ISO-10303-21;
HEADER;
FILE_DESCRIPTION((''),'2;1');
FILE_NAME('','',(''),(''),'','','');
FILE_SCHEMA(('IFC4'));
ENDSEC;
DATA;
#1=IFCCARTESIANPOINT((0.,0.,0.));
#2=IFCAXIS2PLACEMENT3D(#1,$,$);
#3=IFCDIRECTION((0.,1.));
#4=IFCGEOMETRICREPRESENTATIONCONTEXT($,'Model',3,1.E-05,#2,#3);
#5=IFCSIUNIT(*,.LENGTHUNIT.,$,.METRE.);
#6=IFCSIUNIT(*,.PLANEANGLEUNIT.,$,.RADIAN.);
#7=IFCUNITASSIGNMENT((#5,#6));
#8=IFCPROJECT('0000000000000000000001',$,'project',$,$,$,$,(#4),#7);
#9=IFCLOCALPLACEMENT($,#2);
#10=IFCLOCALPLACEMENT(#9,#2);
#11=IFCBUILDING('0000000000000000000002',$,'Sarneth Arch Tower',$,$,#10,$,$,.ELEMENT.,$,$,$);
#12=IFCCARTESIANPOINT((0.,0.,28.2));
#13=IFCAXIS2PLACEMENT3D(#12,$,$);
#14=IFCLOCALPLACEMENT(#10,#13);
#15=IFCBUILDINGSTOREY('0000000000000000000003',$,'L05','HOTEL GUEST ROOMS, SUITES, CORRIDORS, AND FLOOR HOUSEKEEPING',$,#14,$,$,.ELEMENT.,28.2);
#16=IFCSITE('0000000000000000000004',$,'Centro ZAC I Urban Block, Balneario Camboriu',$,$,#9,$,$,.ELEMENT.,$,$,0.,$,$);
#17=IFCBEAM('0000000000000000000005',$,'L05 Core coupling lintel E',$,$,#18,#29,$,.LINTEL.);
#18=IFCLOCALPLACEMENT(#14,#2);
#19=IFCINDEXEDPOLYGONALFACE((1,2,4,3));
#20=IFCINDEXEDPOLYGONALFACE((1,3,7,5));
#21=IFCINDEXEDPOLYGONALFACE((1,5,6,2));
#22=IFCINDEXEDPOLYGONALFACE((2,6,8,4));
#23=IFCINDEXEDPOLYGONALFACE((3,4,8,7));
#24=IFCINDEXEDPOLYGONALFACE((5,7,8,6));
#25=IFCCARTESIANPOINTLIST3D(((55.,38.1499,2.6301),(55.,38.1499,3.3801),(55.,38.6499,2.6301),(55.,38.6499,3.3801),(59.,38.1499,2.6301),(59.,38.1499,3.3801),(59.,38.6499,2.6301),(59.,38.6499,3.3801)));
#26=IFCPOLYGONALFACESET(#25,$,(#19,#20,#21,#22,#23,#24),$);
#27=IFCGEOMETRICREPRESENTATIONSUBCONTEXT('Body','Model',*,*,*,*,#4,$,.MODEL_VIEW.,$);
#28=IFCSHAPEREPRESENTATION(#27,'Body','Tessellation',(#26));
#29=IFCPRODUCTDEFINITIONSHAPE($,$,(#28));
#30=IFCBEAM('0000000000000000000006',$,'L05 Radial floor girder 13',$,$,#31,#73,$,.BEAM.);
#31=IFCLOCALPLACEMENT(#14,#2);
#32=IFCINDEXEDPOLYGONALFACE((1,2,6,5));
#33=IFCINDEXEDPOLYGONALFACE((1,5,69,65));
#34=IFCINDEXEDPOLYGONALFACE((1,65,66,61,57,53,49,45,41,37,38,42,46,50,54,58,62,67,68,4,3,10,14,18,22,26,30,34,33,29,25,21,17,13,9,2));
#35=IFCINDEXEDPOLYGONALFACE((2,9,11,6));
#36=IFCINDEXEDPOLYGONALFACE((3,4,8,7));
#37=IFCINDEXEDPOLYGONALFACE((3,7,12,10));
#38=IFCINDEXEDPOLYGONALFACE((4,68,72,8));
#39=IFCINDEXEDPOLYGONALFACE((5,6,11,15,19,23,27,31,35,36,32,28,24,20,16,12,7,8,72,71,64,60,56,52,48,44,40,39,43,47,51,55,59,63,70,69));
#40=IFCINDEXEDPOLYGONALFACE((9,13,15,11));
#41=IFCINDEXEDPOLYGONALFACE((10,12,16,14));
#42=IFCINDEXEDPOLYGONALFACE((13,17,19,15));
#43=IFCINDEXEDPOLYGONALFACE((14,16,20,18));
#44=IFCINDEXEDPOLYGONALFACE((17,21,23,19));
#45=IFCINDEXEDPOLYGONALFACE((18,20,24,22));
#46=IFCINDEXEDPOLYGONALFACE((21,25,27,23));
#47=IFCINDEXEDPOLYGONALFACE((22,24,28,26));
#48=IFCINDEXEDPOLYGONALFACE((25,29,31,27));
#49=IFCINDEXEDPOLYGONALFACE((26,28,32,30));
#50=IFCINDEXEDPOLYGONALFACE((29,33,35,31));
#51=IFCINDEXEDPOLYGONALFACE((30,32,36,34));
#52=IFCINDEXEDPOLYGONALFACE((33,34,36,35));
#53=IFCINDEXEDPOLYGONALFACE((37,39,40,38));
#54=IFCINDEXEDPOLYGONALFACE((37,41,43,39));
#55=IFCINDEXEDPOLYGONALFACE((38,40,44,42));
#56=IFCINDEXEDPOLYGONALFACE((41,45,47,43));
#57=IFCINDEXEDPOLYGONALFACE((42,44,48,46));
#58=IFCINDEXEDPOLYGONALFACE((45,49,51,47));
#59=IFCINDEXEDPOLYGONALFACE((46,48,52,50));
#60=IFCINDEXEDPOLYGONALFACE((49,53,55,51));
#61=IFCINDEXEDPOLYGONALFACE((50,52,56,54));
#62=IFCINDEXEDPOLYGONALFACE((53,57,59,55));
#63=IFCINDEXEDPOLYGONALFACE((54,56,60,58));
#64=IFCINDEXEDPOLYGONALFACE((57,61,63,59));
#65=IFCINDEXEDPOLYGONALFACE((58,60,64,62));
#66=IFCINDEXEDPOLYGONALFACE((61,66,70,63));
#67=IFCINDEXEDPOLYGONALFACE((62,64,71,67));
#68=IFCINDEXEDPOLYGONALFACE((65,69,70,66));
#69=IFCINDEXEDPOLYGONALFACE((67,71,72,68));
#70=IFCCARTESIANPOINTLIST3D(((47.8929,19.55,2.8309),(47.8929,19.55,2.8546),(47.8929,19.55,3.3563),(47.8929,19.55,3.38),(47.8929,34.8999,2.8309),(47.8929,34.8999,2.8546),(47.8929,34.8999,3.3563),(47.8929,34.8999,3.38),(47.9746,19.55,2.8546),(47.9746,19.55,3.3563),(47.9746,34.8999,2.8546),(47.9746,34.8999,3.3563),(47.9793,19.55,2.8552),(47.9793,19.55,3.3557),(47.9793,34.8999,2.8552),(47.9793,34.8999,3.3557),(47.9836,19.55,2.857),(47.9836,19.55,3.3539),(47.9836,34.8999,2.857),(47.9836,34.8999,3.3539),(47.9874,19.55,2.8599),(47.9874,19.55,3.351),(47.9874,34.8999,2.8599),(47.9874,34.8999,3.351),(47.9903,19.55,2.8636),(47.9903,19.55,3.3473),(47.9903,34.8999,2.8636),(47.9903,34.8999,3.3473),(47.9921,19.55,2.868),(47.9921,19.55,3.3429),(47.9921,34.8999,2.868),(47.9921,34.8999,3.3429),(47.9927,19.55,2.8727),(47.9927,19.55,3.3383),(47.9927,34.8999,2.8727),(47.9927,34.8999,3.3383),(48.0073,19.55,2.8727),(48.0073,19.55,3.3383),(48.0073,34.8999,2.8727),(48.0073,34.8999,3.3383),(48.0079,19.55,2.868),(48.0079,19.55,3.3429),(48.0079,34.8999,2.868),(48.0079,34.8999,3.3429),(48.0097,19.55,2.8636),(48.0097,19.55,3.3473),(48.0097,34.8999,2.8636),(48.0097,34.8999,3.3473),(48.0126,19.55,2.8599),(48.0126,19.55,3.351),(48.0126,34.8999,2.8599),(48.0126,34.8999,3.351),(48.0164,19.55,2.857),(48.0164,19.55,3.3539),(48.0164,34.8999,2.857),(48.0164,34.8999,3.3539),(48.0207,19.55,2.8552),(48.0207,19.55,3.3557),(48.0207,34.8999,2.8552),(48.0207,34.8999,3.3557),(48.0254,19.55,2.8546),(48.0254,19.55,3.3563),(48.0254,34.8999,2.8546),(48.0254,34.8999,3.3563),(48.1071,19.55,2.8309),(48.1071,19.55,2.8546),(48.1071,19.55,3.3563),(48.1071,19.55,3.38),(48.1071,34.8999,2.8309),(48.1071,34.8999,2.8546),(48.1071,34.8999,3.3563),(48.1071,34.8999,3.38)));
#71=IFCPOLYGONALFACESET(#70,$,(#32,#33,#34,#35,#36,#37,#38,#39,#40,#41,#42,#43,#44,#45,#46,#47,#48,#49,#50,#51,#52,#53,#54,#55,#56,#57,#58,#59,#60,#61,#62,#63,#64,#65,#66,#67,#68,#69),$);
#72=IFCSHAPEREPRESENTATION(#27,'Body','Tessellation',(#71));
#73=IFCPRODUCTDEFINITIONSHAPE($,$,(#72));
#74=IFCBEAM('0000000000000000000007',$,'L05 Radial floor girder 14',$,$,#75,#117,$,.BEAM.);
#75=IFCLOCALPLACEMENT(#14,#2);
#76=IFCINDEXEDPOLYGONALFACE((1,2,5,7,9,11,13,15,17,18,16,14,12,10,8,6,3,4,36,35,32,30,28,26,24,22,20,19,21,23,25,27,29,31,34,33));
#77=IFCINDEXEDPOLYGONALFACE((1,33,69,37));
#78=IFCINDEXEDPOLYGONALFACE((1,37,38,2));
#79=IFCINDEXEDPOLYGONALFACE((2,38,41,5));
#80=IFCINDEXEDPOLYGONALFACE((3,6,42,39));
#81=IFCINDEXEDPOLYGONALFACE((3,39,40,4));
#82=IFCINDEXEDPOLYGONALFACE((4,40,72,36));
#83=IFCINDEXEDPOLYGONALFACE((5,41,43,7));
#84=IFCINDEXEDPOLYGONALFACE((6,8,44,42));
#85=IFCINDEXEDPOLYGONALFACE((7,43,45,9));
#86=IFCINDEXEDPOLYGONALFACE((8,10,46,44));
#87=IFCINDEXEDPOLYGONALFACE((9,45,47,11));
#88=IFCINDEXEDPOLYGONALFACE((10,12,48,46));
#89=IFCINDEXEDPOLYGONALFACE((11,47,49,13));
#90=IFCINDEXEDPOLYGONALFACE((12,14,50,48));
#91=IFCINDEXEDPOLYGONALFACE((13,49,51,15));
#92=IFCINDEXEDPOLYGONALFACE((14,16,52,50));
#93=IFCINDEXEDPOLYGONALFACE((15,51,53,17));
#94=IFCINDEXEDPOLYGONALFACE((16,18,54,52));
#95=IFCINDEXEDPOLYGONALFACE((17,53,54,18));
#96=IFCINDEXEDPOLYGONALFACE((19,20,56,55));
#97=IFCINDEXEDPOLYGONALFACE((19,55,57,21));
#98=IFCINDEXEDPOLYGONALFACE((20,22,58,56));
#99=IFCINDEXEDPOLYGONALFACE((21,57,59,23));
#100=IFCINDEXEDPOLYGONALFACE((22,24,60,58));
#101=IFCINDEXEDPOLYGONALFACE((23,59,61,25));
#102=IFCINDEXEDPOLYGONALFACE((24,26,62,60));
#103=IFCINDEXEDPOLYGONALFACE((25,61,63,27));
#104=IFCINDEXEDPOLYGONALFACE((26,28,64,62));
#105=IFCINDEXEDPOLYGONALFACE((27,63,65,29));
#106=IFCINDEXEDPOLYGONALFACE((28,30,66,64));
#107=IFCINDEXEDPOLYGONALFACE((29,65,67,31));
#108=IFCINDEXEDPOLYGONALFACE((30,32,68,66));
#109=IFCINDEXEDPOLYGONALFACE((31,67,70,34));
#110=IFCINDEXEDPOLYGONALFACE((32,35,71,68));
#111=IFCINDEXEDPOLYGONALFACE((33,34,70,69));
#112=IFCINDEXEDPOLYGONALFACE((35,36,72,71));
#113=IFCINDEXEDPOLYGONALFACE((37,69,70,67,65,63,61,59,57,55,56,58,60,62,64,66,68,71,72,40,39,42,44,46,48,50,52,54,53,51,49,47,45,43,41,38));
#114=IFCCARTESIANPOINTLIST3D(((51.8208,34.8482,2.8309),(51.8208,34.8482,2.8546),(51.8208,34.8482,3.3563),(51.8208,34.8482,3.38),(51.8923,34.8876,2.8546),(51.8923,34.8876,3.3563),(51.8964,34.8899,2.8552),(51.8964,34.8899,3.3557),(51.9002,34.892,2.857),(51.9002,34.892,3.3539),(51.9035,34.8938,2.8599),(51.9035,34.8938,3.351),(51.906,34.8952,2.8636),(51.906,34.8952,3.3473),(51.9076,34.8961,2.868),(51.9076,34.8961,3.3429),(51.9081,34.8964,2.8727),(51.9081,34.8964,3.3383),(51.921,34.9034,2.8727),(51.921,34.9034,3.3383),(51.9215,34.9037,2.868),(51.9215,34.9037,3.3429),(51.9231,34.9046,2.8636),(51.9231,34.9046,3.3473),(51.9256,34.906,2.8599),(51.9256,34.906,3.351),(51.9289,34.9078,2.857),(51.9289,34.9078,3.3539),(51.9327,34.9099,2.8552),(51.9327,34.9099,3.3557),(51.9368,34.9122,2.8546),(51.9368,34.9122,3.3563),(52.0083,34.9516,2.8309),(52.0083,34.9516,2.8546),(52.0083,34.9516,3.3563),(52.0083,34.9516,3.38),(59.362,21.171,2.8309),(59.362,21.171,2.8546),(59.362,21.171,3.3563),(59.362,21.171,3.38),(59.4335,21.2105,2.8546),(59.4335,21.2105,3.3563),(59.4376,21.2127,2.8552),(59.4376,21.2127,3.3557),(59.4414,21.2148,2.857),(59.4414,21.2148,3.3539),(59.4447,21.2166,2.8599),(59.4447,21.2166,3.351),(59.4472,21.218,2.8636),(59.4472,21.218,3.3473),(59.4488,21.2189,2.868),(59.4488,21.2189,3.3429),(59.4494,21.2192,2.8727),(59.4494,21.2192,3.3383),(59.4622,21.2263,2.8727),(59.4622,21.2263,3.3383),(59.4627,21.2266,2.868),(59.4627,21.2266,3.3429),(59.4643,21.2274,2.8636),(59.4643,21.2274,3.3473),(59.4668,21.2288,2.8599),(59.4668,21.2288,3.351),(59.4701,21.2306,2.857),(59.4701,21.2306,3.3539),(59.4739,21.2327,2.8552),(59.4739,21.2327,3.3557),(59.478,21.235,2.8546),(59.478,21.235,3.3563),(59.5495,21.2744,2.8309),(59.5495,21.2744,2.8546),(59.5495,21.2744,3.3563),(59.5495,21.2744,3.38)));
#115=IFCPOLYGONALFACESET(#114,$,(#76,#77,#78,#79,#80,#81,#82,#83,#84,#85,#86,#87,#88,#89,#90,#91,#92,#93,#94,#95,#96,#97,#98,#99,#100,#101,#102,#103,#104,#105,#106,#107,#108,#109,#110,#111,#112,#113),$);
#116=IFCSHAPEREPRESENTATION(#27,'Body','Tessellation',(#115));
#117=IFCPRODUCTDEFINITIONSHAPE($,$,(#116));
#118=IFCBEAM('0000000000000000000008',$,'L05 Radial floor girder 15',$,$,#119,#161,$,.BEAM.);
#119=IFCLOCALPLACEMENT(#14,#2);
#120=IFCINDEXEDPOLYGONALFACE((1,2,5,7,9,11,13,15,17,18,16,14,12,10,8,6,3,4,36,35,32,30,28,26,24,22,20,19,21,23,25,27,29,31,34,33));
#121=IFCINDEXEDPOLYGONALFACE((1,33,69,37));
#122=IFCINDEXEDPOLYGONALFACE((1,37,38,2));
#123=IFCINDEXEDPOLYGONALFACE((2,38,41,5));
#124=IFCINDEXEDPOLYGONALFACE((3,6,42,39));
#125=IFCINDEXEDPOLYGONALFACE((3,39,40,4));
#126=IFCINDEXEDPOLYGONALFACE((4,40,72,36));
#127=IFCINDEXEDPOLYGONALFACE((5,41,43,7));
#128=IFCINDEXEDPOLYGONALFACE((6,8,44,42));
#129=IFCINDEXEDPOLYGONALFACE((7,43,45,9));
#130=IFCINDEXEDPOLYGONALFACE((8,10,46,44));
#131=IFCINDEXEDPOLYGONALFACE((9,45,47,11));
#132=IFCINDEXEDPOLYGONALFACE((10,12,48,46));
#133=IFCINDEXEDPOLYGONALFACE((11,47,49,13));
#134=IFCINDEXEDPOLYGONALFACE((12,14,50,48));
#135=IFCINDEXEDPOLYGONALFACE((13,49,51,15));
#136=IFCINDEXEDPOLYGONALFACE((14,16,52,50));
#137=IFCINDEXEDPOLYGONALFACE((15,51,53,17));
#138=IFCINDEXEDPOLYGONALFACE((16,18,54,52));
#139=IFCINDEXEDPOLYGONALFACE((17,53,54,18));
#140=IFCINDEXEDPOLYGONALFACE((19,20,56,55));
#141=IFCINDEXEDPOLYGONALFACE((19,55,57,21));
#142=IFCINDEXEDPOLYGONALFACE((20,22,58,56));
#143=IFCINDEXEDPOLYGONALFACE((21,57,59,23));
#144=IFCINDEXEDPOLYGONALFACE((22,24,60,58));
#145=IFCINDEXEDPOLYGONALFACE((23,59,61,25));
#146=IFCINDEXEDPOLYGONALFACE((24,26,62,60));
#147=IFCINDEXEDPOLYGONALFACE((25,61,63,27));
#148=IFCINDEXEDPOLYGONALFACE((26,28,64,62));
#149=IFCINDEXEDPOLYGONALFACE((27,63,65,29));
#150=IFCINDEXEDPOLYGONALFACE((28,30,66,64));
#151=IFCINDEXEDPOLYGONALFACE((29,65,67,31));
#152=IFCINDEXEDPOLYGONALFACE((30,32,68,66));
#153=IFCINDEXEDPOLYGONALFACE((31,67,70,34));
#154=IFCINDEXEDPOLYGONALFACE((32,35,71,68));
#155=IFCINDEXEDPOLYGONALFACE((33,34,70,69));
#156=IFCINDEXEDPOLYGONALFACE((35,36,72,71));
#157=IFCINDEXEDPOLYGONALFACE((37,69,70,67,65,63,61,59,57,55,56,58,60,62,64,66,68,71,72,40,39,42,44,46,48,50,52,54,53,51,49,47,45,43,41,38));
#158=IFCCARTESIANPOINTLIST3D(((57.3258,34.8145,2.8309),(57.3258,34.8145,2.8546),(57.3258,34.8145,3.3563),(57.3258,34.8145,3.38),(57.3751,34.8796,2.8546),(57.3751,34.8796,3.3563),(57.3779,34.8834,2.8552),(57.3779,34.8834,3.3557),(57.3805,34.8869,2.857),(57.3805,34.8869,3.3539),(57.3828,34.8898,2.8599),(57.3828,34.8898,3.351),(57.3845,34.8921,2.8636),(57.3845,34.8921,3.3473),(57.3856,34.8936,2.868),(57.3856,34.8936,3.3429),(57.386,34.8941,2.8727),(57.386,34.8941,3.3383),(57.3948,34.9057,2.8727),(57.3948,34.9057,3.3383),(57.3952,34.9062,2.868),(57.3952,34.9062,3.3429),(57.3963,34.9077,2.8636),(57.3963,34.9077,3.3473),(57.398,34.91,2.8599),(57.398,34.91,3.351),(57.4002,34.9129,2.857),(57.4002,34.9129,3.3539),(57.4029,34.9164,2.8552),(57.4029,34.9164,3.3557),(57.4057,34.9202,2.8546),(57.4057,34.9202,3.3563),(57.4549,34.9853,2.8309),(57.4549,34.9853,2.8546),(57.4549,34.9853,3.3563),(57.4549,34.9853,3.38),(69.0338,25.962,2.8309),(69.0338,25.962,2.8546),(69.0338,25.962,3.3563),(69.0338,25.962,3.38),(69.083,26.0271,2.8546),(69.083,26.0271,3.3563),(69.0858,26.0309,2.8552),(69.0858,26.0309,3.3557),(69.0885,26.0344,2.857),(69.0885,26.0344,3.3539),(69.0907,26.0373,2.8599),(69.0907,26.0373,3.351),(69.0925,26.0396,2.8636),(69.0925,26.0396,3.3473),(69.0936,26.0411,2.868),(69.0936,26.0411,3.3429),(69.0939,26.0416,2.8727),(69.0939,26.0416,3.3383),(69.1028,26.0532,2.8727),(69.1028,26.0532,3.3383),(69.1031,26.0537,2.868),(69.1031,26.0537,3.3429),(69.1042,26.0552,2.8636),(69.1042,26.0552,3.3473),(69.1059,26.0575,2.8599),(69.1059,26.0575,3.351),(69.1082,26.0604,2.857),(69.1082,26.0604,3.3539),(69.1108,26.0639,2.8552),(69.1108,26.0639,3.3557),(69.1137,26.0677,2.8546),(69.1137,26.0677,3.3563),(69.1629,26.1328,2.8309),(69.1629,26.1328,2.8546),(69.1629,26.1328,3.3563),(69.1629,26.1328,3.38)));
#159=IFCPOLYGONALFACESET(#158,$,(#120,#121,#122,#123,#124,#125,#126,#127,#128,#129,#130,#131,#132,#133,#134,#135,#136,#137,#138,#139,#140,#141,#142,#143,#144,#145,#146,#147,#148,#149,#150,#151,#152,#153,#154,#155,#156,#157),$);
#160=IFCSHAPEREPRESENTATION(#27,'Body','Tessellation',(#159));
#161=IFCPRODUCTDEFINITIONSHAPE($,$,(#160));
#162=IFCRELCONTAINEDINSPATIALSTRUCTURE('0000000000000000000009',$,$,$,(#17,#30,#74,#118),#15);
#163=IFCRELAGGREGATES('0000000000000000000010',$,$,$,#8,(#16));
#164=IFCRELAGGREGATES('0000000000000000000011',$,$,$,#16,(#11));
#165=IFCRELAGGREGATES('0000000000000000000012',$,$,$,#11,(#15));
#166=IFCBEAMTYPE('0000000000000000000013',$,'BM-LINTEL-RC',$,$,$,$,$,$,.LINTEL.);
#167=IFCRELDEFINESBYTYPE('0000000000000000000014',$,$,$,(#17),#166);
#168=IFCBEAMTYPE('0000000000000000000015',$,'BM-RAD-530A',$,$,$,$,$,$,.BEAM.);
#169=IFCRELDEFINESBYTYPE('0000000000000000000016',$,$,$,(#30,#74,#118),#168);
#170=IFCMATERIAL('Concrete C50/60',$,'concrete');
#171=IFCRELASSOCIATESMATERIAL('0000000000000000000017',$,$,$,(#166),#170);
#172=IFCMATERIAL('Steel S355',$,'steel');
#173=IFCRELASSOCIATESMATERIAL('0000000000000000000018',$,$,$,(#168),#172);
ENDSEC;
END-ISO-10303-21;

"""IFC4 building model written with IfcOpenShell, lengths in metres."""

from ifc_helpers import new_model, si_unit, direction, frame, origin, origin_2d, place, context, subcontext, project, spatial, rectangle, i_section, extrude, material, material_profile, profile_set, type_object, element, save


model = new_model("IFC4")

# Units and contexts
model_context = context("Model", 3, precision=1e-05, world=origin(), true_north=direction((0.0, 1.0)))
body_context = subcontext(model_context, "Body", "Model", "MODEL_VIEW")
ifc_project = project(units=[si_unit("LENGTHUNIT", "METRE"), si_unit("PLANEANGLEUNIT", "RADIAN")], contexts=[model_context])

# Site, building, storey
site_placement = place(None, origin())
site = spatial("IfcSite", under=ifc_project, at=site_placement, Name="Centro ZAC I Urban Block, Balneario Camboriu", CompositionType="ELEMENT", RefElevation=0.0)
building_placement = place(site_placement, origin())
building = spatial("IfcBuilding", under=site, at=building_placement, Name="Sarneth Arch Tower", CompositionType="ELEMENT")
storey_placement = place(building_placement, frame((0.0, 0.0, 28.2)))
storey = spatial("IfcBuildingStorey", under=building, at=storey_placement, Name="L05", Description="HOTEL GUEST ROOMS, SUITES, CORRIDORS, AND FLOOR HOUSEKEEPING", CompositionType="ELEMENT", Elevation=28.2)

# Beams
ifc_material_1 = material(Name="Concrete C50/60", Category="concrete")
ifc_material_profile_1 = material_profile(ifc_material_1, rectangle(XDim=0.5, YDim=0.75, at=origin_2d()), Name="RC-500x750")
ifc_profile_set_1 = profile_set([ifc_material_profile_1], Name="Concrete C50/60")
beam_type_1 = type_object("IfcBeamType", Name="BM-LINTEL-RC", PredefinedType="LINTEL", material=ifc_profile_set_1)
beam_1_placement = place(storey_placement, frame((55.0, 38.3999, 3.0051), z_axis=(1.0, 0.0, 0.0), x_axis=(0.0, 1.0, 0.0)))
element("IfcBeam", 1, at=beam_1_placement, inside=storey, type_object=beam_type_1, Name="L05 Core coupling lintel E", PredefinedType="LINTEL", context=body_context, shape_type="SweptSolid", body=[
    extrude(rectangle(XDim=0.5, YDim=0.75, at=origin_2d()), origin(), (0.0, 0.0, 1.0), 4.0),
])
ifc_material_2 = material(Name="Steel S355", Category="steel")
ifc_material_profile_2 = material_profile(ifc_material_2, i_section(OverallWidth=0.2141, OverallDepth=0.5491, WebThickness=0.0146, FlangeThickness=0.0237, FilletRadius=0.0181, at=origin_2d()), Name="W530x138")
ifc_profile_set_2 = profile_set([ifc_material_profile_2], Name="Steel S355")
beam_type_2 = type_object("IfcBeamType", Name="BM-RAD-530A", PredefinedType="BEAM", material=ifc_profile_set_2)
beam_2_placement = place(storey_placement, frame((48.0, 34.8999, 3.1055), z_axis=(0.0, -1.0, 0.0), x_axis=(1.0, 0.0, 0.0)))
element("IfcBeam", 2, at=beam_2_placement, inside=storey, type_object=beam_type_2, Name="L05 Radial floor girder 13", PredefinedType="BEAM", context=body_context, shape_type="SweptSolid", body=[
    extrude(i_section(OverallWidth=0.2141, OverallDepth=0.5491, WebThickness=0.0146, FlangeThickness=0.0237, FilletRadius=0.0181, at=origin_2d()), origin(), (0.0, 0.0, 1.0), 15.3499),
])
beam_3_placement = place(storey_placement, frame((51.9146, 34.8999, 3.1055), z_axis=(0.482841, -0.875708, 0.0), x_axis=(0.875708, 0.482841, 0.0)))
element("IfcBeam", 3, at=beam_3_placement, inside=storey, type_object=beam_type_2, Name="L05 Radial floor girder 14", PredefinedType="BEAM", context=body_context, shape_type="SweptSolid", body=[
    extrude(i_section(OverallWidth=0.2141, OverallDepth=0.5491, WebThickness=0.0146, FlangeThickness=0.0237, FilletRadius=0.0181, at=origin_2d()), origin(), (0.0, 0.0, 1.0), 15.6184),
])
beam_4_placement = place(storey_placement, frame((57.3904, 34.8999, 3.1055), z_axis=(0.797655, -0.603114, 0.0), x_axis=(0.603114, 0.797655, 0.0)))
element("IfcBeam", 4, at=beam_4_placement, inside=storey, type_object=beam_type_2, Name="L05 Radial floor girder 15", PredefinedType="BEAM", context=body_context, shape_type="SweptSolid", body=[
    extrude(i_section(OverallWidth=0.2141, OverallDepth=0.5491, WebThickness=0.0146, FlangeThickness=0.0237, FilletRadius=0.0181, at=origin_2d()), origin(), (0.0, 0.0, 1.0), 14.678),
])

save(model, "model.ifc")
